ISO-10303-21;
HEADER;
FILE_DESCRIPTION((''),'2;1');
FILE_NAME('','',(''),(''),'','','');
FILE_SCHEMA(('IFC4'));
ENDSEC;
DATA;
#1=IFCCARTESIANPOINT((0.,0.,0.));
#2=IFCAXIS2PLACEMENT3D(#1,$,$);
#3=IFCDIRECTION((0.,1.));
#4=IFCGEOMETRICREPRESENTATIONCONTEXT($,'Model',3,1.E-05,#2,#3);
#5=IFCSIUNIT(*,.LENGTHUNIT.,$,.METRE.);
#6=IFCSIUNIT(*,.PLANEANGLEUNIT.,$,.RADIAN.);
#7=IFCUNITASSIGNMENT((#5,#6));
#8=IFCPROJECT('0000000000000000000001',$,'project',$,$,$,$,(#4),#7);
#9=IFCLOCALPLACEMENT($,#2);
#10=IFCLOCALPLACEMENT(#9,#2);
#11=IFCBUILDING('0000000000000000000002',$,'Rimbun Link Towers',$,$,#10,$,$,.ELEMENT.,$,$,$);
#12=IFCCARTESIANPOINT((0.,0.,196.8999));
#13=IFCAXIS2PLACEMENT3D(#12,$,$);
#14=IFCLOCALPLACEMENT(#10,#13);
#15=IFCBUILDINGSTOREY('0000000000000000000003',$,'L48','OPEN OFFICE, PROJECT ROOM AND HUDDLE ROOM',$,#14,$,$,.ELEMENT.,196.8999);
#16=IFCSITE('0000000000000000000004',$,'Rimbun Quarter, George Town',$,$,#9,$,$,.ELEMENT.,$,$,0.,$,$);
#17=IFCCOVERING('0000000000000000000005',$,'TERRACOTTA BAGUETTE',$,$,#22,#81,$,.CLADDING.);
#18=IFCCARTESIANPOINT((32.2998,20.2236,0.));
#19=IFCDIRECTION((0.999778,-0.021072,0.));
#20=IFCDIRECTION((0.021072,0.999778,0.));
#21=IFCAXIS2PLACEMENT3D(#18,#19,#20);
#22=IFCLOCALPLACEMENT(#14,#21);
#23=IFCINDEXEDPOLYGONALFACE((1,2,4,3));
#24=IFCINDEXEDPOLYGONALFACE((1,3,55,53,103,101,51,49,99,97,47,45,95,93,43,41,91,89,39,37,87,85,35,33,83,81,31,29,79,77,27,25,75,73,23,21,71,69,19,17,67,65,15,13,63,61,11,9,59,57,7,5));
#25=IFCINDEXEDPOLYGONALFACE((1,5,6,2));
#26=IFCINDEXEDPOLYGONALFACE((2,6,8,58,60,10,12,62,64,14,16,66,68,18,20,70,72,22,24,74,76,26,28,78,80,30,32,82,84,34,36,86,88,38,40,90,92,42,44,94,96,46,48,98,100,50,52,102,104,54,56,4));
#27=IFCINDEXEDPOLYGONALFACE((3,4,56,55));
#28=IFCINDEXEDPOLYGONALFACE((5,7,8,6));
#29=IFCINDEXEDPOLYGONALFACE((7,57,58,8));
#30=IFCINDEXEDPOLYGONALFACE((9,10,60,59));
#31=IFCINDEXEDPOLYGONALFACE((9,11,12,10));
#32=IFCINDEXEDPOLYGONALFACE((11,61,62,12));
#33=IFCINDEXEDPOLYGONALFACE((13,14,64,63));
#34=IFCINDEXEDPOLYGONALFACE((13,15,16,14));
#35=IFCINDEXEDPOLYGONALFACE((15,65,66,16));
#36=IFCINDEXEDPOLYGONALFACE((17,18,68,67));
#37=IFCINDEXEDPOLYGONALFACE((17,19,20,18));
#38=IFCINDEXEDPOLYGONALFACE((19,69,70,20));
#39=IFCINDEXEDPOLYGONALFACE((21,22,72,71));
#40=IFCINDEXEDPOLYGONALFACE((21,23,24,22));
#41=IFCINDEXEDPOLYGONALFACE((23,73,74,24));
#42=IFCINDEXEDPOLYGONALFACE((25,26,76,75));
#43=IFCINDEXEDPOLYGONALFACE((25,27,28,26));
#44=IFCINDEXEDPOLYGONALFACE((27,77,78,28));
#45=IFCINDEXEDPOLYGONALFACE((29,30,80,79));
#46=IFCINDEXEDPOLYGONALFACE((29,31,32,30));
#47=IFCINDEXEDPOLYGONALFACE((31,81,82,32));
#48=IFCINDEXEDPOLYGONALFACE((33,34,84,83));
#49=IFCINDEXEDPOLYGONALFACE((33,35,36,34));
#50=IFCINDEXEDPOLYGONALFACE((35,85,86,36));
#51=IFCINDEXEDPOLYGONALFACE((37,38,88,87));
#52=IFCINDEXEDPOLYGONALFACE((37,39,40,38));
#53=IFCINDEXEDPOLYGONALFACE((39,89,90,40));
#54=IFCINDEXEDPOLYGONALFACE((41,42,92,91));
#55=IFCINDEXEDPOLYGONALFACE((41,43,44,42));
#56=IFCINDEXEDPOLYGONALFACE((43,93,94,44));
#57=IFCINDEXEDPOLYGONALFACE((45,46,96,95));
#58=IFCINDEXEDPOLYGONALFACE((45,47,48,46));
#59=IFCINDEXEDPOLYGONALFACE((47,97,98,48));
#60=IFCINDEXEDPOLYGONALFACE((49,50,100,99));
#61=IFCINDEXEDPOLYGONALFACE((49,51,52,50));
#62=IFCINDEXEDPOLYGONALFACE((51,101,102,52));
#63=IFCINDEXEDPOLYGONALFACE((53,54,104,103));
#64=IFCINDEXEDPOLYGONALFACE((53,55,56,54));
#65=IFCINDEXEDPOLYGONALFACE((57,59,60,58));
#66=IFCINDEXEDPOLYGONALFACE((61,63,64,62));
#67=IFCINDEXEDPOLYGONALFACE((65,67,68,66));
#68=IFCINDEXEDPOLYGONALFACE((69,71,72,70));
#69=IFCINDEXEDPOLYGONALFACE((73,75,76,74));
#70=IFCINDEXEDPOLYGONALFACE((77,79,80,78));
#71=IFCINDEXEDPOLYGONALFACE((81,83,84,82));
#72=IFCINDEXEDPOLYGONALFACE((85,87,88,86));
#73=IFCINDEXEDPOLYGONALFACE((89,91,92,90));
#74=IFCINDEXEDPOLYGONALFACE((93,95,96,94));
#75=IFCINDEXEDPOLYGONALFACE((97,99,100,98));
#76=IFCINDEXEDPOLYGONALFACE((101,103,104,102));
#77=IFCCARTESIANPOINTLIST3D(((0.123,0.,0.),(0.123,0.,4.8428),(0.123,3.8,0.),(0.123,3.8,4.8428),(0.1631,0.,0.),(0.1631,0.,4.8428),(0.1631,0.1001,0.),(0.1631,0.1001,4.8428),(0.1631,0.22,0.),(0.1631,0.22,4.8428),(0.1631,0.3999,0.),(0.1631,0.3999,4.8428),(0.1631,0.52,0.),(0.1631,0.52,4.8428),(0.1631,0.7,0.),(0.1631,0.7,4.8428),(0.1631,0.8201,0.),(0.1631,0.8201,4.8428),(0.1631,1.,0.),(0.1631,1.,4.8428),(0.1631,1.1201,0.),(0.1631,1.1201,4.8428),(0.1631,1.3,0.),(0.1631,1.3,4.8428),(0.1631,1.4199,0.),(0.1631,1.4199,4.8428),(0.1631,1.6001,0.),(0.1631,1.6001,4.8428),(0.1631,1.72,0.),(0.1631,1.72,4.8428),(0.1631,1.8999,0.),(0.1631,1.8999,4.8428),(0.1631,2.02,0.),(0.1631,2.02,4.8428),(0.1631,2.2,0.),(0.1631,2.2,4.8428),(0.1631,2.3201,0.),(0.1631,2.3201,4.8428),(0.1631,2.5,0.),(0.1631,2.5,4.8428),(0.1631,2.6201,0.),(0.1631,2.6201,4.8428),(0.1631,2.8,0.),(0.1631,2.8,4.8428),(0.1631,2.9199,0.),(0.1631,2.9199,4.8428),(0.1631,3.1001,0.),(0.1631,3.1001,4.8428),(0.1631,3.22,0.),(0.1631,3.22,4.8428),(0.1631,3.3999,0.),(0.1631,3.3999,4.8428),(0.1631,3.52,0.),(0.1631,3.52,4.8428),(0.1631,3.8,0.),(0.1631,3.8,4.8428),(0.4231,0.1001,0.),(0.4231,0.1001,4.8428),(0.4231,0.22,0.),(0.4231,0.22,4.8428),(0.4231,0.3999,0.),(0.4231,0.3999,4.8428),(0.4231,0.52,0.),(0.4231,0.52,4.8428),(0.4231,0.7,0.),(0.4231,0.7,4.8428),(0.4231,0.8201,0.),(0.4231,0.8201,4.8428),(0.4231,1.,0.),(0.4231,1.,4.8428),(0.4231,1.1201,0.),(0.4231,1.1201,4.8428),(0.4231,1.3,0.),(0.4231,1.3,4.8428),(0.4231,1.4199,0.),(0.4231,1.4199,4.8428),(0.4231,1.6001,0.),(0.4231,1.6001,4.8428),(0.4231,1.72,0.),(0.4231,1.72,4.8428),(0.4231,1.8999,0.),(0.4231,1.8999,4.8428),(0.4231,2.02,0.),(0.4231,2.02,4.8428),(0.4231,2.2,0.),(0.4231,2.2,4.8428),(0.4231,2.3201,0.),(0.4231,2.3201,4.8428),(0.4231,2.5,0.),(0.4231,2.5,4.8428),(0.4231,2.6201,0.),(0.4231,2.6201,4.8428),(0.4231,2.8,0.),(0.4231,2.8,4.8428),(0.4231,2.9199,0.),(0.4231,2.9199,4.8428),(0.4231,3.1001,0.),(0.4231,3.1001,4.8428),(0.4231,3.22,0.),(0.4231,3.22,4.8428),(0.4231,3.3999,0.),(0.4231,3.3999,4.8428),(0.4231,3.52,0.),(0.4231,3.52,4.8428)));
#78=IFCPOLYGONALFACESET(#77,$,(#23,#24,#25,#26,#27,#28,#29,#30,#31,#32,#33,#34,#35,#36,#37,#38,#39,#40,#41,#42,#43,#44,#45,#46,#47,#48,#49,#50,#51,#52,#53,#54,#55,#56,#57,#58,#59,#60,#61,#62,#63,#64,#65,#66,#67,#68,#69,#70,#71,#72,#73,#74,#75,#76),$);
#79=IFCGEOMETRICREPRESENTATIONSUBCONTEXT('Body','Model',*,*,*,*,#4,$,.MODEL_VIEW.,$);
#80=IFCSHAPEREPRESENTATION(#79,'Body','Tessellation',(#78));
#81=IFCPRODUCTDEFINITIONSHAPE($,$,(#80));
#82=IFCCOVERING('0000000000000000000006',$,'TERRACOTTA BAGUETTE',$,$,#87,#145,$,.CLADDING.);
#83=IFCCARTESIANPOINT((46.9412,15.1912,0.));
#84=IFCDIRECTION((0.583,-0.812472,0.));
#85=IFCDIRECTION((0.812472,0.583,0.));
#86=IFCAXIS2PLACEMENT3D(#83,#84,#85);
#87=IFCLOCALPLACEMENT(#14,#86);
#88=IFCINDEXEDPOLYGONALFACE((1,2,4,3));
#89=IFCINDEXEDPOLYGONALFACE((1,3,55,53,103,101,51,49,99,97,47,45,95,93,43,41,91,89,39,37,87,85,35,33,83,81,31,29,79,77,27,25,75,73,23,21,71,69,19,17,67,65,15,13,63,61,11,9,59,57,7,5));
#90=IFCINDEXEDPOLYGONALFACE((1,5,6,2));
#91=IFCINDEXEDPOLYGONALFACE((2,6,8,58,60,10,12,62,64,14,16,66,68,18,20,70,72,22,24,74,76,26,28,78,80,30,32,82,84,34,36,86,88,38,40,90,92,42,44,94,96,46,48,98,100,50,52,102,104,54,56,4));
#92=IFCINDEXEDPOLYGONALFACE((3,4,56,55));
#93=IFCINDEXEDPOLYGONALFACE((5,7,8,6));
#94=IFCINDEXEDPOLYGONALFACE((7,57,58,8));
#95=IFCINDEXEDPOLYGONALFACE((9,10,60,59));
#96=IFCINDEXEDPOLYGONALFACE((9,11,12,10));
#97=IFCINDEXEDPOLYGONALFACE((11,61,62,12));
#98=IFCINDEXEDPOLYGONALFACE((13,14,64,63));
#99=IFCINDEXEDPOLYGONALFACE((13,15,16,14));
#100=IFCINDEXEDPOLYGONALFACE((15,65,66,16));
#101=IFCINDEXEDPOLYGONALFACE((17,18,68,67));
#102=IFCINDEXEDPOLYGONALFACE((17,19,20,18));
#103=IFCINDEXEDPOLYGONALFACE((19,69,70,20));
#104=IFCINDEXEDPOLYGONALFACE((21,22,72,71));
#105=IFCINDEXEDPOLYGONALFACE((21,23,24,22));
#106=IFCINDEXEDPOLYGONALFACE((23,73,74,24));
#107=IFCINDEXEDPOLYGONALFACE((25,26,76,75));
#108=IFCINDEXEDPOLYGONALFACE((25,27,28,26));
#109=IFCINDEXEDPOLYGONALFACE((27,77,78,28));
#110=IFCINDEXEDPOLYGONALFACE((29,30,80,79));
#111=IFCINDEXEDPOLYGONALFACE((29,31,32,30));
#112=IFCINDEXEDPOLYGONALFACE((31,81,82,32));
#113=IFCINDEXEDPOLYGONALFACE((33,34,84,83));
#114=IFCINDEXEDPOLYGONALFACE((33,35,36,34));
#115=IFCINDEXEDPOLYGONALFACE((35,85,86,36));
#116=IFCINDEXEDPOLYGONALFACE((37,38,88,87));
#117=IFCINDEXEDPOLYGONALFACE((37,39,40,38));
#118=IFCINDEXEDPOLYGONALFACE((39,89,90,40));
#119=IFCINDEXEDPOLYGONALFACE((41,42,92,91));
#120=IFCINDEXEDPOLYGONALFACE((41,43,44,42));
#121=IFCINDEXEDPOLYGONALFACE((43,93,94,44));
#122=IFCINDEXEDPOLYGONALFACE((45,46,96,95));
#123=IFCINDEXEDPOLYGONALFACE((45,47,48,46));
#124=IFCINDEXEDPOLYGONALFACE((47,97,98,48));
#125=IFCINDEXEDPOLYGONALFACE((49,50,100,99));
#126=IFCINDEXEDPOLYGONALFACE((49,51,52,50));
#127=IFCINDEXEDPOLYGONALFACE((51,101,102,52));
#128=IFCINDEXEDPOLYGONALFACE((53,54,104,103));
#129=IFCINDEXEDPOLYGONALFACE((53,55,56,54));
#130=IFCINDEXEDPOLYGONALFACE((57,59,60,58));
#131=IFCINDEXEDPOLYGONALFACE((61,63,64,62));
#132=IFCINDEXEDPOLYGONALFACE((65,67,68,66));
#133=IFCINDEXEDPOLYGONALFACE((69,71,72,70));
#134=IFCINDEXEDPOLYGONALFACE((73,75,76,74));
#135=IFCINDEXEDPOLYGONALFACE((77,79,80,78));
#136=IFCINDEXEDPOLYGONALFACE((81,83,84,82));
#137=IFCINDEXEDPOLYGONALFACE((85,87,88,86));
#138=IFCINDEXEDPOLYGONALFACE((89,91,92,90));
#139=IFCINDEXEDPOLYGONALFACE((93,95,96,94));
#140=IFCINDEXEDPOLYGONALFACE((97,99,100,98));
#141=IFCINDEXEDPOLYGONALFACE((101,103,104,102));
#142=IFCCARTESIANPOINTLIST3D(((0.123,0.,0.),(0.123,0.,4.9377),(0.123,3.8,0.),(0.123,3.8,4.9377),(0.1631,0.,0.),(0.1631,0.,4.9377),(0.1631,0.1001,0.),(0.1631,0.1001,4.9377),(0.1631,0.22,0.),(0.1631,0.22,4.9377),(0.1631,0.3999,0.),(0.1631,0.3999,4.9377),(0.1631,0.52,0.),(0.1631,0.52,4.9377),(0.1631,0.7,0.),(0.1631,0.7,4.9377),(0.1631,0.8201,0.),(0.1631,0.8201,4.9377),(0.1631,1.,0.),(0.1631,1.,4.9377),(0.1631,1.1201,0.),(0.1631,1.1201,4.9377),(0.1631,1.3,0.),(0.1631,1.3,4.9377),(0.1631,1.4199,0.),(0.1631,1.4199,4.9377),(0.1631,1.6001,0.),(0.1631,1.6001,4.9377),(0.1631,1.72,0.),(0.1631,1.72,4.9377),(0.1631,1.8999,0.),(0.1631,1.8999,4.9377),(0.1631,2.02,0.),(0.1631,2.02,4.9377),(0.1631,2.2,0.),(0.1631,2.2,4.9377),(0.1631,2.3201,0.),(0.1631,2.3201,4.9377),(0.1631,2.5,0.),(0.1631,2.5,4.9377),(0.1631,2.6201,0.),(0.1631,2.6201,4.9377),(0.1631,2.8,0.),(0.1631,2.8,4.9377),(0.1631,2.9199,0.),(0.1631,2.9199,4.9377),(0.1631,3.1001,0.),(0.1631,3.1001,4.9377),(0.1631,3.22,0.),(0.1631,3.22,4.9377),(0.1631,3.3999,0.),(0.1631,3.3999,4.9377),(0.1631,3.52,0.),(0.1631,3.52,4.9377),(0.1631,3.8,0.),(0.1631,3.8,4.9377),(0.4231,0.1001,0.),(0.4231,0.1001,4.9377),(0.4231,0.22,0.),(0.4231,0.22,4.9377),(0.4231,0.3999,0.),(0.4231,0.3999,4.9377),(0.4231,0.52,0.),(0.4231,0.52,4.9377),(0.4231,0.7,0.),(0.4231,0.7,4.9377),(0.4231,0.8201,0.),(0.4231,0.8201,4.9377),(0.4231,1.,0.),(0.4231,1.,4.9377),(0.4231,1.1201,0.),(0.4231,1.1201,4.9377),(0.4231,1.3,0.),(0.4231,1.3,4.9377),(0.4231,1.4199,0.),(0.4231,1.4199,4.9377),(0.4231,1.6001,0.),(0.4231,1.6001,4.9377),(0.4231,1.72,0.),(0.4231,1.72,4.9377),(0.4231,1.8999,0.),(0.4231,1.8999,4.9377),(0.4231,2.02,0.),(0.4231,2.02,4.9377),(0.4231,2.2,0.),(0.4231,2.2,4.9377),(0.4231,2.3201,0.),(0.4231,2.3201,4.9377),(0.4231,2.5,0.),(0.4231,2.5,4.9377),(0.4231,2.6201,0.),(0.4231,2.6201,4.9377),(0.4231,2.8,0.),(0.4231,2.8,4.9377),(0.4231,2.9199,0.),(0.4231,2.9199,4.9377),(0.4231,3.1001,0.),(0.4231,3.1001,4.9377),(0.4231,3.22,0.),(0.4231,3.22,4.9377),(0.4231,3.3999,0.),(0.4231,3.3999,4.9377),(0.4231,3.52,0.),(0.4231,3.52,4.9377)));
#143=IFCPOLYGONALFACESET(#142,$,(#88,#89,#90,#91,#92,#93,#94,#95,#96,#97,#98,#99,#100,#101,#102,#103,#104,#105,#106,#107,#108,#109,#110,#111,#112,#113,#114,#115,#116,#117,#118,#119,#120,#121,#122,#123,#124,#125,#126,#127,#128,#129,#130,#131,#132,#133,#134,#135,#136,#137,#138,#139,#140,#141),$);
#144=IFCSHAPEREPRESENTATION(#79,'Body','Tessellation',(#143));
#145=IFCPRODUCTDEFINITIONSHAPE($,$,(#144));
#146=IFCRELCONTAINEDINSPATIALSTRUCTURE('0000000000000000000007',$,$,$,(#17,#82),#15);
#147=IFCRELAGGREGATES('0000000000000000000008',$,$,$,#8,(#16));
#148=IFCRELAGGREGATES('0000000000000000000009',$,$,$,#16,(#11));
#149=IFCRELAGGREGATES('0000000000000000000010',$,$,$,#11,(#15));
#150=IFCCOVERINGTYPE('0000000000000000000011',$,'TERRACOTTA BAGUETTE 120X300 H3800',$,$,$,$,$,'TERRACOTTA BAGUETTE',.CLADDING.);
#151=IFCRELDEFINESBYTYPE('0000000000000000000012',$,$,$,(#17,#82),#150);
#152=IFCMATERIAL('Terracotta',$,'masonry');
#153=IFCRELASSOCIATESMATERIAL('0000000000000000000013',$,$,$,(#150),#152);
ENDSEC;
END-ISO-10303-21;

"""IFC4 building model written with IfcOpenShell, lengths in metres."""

from ifc_helpers import new_model, si_unit, direction, frame, origin, place, context, subcontext, project, spatial, polyline, outline, extrude, material, material_profile, profile_set, type_object, element, save


model = new_model("IFC4")

# Units and contexts
model_context = context("Model", 3, precision=1e-05, world=origin(), true_north=direction((0.0, 1.0)))
body_context = subcontext(model_context, "Body", "Model", "MODEL_VIEW")
ifc_project = project(units=[si_unit("LENGTHUNIT", "METRE"), si_unit("PLANEANGLEUNIT", "RADIAN")], contexts=[model_context])

# Site, building, storey
site_placement = place(None, origin())
site = spatial("IfcSite", under=ifc_project, at=site_placement, Name="Rimbun Quarter, George Town", CompositionType="ELEMENT", RefElevation=0.0)
building_placement = place(site_placement, origin())
building = spatial("IfcBuilding", under=site, at=building_placement, Name="Rimbun Link Towers", CompositionType="ELEMENT")
storey_placement = place(building_placement, frame((0.0, 0.0, 196.8999)))
storey = spatial("IfcBuildingStorey", under=building, at=storey_placement, Name="L48", Description="OPEN OFFICE, PROJECT ROOM AND HUDDLE ROOM", CompositionType="ELEMENT", Elevation=196.8999)

# Coverings
ifc_material_1 = material(Name="Terracotta", Category="masonry")
ifc_material_profile_1 = material_profile(ifc_material_1, outline(polyline([(0.123, 0.0), (0.1631, 0.0), (0.1631, 0.1001), (0.4231, 0.1001), (0.4231, 0.22), (0.1631, 0.22), (0.1631, 0.3999), (0.4231, 0.3999), (0.4231, 0.52), (0.1631, 0.52), (0.1631, 0.7), (0.4231, 0.7), (0.4231, 0.8201), (0.1631, 0.8201), (0.1631, 1.0), (0.4231, 1.0), (0.4231, 1.1201), (0.1631, 1.1201), (0.1631, 1.3), (0.4231, 1.3), (0.4231, 1.4199), (0.1631, 1.4199), (0.1631, 1.6001), (0.4231, 1.6001), (0.4231, 1.72), (0.1631, 1.72), (0.1631, 1.8999), (0.4231, 1.8999), (0.4231, 2.02), (0.1631, 2.02), (0.1631, 2.2), (0.4231, 2.2), (0.4231, 2.3201), (0.1631, 2.3201), (0.1631, 2.5), (0.4231, 2.5), (0.4231, 2.6201), (0.1631, 2.6201), (0.1631, 2.8), (0.4231, 2.8), (0.4231, 2.9199), (0.1631, 2.9199), (0.1631, 3.1001), (0.4231, 3.1001), (0.4231, 3.22), (0.1631, 3.22), (0.1631, 3.3999), (0.4231, 3.3999), (0.4231, 3.52), (0.1631, 3.52), (0.1631, 3.8), (0.123, 3.8), (0.123, 0.0)])), Name="BAGUETTE 120X300")
ifc_profile_set_1 = profile_set([ifc_material_profile_1], Name="Terracotta")
covering_type = type_object("IfcCoveringType", Name="TERRACOTTA BAGUETTE 120X300 H3800", ElementType="TERRACOTTA BAGUETTE", PredefinedType="CLADDING", material=ifc_profile_set_1)
covering_1_placement = place(storey_placement, frame((32.2998, 20.2236, 0.0), z_axis=(0.999778, -0.021072, 0.0), x_axis=(0.021072, 0.999778, 0.0)))
element("IfcCovering", 1, at=covering_1_placement, inside=storey, type_object=covering_type, Name="TERRACOTTA BAGUETTE", PredefinedType="CLADDING", context=body_context, shape_type="SweptSolid", body=[
    extrude(outline(polyline([(0.123, 0.0), (0.1631, 0.0), (0.1631, 0.1001), (0.4231, 0.1001), (0.4231, 0.22), (0.1631, 0.22), (0.1631, 0.3999), (0.4231, 0.3999), (0.4231, 0.52), (0.1631, 0.52), (0.1631, 0.7), (0.4231, 0.7), (0.4231, 0.8201), (0.1631, 0.8201), (0.1631, 1.0), (0.4231, 1.0), (0.4231, 1.1201), (0.1631, 1.1201), (0.1631, 1.3), (0.4231, 1.3), (0.4231, 1.4199), (0.1631, 1.4199), (0.1631, 1.6001), (0.4231, 1.6001), (0.4231, 1.72), (0.1631, 1.72), (0.1631, 1.8999), (0.4231, 1.8999), (0.4231, 2.02), (0.1631, 2.02), (0.1631, 2.2), (0.4231, 2.2), (0.4231, 2.3201), (0.1631, 2.3201), (0.1631, 2.5), (0.4231, 2.5), (0.4231, 2.6201), (0.1631, 2.6201), (0.1631, 2.8), (0.4231, 2.8), (0.4231, 2.9199), (0.1631, 2.9199), (0.1631, 3.1001), (0.4231, 3.1001), (0.4231, 3.22), (0.1631, 3.22), (0.1631, 3.3999), (0.4231, 3.3999), (0.4231, 3.52), (0.1631, 3.52), (0.1631, 3.8), (0.123, 3.8), (0.123, 0.0)])), origin(), (0.0, 0.0, 1.0), 4.8428),
])
covering_2_placement = place(storey_placement, frame((46.9412, 15.1912, 0.0), z_axis=(0.583, -0.812472, 0.0), x_axis=(0.812472, 0.583, 0.0)))
element("IfcCovering", 2, at=covering_2_placement, inside=storey, type_object=covering_type, Name="TERRACOTTA BAGUETTE", PredefinedType="CLADDING", context=body_context, shape_type="SweptSolid", body=[
    extrude(outline(polyline([(0.123, 0.0), (0.1631, 0.0), (0.1631, 0.1001), (0.4231, 0.1001), (0.4231, 0.22), (0.1631, 0.22), (0.1631, 0.3999), (0.4231, 0.3999), (0.4231, 0.52), (0.1631, 0.52), (0.1631, 0.7), (0.4231, 0.7), (0.4231, 0.8201), (0.1631, 0.8201), (0.1631, 1.0), (0.4231, 1.0), (0.4231, 1.1201), (0.1631, 1.1201), (0.1631, 1.3), (0.4231, 1.3), (0.4231, 1.4199), (0.1631, 1.4199), (0.1631, 1.6001), (0.4231, 1.6001), (0.4231, 1.72), (0.1631, 1.72), (0.1631, 1.8999), (0.4231, 1.8999), (0.4231, 2.02), (0.1631, 2.02), (0.1631, 2.2), (0.4231, 2.2), (0.4231, 2.3201), (0.1631, 2.3201), (0.1631, 2.5), (0.4231, 2.5), (0.4231, 2.6201), (0.1631, 2.6201), (0.1631, 2.8), (0.4231, 2.8), (0.4231, 2.9199), (0.1631, 2.9199), (0.1631, 3.1001), (0.4231, 3.1001), (0.4231, 3.22), (0.1631, 3.22), (0.1631, 3.3999), (0.4231, 3.3999), (0.4231, 3.52), (0.1631, 3.52), (0.1631, 3.8), (0.123, 3.8), (0.123, 0.0)])), origin(), (0.0, 0.0, 1.0), 4.9377),
])

save(model, "model.ifc")
